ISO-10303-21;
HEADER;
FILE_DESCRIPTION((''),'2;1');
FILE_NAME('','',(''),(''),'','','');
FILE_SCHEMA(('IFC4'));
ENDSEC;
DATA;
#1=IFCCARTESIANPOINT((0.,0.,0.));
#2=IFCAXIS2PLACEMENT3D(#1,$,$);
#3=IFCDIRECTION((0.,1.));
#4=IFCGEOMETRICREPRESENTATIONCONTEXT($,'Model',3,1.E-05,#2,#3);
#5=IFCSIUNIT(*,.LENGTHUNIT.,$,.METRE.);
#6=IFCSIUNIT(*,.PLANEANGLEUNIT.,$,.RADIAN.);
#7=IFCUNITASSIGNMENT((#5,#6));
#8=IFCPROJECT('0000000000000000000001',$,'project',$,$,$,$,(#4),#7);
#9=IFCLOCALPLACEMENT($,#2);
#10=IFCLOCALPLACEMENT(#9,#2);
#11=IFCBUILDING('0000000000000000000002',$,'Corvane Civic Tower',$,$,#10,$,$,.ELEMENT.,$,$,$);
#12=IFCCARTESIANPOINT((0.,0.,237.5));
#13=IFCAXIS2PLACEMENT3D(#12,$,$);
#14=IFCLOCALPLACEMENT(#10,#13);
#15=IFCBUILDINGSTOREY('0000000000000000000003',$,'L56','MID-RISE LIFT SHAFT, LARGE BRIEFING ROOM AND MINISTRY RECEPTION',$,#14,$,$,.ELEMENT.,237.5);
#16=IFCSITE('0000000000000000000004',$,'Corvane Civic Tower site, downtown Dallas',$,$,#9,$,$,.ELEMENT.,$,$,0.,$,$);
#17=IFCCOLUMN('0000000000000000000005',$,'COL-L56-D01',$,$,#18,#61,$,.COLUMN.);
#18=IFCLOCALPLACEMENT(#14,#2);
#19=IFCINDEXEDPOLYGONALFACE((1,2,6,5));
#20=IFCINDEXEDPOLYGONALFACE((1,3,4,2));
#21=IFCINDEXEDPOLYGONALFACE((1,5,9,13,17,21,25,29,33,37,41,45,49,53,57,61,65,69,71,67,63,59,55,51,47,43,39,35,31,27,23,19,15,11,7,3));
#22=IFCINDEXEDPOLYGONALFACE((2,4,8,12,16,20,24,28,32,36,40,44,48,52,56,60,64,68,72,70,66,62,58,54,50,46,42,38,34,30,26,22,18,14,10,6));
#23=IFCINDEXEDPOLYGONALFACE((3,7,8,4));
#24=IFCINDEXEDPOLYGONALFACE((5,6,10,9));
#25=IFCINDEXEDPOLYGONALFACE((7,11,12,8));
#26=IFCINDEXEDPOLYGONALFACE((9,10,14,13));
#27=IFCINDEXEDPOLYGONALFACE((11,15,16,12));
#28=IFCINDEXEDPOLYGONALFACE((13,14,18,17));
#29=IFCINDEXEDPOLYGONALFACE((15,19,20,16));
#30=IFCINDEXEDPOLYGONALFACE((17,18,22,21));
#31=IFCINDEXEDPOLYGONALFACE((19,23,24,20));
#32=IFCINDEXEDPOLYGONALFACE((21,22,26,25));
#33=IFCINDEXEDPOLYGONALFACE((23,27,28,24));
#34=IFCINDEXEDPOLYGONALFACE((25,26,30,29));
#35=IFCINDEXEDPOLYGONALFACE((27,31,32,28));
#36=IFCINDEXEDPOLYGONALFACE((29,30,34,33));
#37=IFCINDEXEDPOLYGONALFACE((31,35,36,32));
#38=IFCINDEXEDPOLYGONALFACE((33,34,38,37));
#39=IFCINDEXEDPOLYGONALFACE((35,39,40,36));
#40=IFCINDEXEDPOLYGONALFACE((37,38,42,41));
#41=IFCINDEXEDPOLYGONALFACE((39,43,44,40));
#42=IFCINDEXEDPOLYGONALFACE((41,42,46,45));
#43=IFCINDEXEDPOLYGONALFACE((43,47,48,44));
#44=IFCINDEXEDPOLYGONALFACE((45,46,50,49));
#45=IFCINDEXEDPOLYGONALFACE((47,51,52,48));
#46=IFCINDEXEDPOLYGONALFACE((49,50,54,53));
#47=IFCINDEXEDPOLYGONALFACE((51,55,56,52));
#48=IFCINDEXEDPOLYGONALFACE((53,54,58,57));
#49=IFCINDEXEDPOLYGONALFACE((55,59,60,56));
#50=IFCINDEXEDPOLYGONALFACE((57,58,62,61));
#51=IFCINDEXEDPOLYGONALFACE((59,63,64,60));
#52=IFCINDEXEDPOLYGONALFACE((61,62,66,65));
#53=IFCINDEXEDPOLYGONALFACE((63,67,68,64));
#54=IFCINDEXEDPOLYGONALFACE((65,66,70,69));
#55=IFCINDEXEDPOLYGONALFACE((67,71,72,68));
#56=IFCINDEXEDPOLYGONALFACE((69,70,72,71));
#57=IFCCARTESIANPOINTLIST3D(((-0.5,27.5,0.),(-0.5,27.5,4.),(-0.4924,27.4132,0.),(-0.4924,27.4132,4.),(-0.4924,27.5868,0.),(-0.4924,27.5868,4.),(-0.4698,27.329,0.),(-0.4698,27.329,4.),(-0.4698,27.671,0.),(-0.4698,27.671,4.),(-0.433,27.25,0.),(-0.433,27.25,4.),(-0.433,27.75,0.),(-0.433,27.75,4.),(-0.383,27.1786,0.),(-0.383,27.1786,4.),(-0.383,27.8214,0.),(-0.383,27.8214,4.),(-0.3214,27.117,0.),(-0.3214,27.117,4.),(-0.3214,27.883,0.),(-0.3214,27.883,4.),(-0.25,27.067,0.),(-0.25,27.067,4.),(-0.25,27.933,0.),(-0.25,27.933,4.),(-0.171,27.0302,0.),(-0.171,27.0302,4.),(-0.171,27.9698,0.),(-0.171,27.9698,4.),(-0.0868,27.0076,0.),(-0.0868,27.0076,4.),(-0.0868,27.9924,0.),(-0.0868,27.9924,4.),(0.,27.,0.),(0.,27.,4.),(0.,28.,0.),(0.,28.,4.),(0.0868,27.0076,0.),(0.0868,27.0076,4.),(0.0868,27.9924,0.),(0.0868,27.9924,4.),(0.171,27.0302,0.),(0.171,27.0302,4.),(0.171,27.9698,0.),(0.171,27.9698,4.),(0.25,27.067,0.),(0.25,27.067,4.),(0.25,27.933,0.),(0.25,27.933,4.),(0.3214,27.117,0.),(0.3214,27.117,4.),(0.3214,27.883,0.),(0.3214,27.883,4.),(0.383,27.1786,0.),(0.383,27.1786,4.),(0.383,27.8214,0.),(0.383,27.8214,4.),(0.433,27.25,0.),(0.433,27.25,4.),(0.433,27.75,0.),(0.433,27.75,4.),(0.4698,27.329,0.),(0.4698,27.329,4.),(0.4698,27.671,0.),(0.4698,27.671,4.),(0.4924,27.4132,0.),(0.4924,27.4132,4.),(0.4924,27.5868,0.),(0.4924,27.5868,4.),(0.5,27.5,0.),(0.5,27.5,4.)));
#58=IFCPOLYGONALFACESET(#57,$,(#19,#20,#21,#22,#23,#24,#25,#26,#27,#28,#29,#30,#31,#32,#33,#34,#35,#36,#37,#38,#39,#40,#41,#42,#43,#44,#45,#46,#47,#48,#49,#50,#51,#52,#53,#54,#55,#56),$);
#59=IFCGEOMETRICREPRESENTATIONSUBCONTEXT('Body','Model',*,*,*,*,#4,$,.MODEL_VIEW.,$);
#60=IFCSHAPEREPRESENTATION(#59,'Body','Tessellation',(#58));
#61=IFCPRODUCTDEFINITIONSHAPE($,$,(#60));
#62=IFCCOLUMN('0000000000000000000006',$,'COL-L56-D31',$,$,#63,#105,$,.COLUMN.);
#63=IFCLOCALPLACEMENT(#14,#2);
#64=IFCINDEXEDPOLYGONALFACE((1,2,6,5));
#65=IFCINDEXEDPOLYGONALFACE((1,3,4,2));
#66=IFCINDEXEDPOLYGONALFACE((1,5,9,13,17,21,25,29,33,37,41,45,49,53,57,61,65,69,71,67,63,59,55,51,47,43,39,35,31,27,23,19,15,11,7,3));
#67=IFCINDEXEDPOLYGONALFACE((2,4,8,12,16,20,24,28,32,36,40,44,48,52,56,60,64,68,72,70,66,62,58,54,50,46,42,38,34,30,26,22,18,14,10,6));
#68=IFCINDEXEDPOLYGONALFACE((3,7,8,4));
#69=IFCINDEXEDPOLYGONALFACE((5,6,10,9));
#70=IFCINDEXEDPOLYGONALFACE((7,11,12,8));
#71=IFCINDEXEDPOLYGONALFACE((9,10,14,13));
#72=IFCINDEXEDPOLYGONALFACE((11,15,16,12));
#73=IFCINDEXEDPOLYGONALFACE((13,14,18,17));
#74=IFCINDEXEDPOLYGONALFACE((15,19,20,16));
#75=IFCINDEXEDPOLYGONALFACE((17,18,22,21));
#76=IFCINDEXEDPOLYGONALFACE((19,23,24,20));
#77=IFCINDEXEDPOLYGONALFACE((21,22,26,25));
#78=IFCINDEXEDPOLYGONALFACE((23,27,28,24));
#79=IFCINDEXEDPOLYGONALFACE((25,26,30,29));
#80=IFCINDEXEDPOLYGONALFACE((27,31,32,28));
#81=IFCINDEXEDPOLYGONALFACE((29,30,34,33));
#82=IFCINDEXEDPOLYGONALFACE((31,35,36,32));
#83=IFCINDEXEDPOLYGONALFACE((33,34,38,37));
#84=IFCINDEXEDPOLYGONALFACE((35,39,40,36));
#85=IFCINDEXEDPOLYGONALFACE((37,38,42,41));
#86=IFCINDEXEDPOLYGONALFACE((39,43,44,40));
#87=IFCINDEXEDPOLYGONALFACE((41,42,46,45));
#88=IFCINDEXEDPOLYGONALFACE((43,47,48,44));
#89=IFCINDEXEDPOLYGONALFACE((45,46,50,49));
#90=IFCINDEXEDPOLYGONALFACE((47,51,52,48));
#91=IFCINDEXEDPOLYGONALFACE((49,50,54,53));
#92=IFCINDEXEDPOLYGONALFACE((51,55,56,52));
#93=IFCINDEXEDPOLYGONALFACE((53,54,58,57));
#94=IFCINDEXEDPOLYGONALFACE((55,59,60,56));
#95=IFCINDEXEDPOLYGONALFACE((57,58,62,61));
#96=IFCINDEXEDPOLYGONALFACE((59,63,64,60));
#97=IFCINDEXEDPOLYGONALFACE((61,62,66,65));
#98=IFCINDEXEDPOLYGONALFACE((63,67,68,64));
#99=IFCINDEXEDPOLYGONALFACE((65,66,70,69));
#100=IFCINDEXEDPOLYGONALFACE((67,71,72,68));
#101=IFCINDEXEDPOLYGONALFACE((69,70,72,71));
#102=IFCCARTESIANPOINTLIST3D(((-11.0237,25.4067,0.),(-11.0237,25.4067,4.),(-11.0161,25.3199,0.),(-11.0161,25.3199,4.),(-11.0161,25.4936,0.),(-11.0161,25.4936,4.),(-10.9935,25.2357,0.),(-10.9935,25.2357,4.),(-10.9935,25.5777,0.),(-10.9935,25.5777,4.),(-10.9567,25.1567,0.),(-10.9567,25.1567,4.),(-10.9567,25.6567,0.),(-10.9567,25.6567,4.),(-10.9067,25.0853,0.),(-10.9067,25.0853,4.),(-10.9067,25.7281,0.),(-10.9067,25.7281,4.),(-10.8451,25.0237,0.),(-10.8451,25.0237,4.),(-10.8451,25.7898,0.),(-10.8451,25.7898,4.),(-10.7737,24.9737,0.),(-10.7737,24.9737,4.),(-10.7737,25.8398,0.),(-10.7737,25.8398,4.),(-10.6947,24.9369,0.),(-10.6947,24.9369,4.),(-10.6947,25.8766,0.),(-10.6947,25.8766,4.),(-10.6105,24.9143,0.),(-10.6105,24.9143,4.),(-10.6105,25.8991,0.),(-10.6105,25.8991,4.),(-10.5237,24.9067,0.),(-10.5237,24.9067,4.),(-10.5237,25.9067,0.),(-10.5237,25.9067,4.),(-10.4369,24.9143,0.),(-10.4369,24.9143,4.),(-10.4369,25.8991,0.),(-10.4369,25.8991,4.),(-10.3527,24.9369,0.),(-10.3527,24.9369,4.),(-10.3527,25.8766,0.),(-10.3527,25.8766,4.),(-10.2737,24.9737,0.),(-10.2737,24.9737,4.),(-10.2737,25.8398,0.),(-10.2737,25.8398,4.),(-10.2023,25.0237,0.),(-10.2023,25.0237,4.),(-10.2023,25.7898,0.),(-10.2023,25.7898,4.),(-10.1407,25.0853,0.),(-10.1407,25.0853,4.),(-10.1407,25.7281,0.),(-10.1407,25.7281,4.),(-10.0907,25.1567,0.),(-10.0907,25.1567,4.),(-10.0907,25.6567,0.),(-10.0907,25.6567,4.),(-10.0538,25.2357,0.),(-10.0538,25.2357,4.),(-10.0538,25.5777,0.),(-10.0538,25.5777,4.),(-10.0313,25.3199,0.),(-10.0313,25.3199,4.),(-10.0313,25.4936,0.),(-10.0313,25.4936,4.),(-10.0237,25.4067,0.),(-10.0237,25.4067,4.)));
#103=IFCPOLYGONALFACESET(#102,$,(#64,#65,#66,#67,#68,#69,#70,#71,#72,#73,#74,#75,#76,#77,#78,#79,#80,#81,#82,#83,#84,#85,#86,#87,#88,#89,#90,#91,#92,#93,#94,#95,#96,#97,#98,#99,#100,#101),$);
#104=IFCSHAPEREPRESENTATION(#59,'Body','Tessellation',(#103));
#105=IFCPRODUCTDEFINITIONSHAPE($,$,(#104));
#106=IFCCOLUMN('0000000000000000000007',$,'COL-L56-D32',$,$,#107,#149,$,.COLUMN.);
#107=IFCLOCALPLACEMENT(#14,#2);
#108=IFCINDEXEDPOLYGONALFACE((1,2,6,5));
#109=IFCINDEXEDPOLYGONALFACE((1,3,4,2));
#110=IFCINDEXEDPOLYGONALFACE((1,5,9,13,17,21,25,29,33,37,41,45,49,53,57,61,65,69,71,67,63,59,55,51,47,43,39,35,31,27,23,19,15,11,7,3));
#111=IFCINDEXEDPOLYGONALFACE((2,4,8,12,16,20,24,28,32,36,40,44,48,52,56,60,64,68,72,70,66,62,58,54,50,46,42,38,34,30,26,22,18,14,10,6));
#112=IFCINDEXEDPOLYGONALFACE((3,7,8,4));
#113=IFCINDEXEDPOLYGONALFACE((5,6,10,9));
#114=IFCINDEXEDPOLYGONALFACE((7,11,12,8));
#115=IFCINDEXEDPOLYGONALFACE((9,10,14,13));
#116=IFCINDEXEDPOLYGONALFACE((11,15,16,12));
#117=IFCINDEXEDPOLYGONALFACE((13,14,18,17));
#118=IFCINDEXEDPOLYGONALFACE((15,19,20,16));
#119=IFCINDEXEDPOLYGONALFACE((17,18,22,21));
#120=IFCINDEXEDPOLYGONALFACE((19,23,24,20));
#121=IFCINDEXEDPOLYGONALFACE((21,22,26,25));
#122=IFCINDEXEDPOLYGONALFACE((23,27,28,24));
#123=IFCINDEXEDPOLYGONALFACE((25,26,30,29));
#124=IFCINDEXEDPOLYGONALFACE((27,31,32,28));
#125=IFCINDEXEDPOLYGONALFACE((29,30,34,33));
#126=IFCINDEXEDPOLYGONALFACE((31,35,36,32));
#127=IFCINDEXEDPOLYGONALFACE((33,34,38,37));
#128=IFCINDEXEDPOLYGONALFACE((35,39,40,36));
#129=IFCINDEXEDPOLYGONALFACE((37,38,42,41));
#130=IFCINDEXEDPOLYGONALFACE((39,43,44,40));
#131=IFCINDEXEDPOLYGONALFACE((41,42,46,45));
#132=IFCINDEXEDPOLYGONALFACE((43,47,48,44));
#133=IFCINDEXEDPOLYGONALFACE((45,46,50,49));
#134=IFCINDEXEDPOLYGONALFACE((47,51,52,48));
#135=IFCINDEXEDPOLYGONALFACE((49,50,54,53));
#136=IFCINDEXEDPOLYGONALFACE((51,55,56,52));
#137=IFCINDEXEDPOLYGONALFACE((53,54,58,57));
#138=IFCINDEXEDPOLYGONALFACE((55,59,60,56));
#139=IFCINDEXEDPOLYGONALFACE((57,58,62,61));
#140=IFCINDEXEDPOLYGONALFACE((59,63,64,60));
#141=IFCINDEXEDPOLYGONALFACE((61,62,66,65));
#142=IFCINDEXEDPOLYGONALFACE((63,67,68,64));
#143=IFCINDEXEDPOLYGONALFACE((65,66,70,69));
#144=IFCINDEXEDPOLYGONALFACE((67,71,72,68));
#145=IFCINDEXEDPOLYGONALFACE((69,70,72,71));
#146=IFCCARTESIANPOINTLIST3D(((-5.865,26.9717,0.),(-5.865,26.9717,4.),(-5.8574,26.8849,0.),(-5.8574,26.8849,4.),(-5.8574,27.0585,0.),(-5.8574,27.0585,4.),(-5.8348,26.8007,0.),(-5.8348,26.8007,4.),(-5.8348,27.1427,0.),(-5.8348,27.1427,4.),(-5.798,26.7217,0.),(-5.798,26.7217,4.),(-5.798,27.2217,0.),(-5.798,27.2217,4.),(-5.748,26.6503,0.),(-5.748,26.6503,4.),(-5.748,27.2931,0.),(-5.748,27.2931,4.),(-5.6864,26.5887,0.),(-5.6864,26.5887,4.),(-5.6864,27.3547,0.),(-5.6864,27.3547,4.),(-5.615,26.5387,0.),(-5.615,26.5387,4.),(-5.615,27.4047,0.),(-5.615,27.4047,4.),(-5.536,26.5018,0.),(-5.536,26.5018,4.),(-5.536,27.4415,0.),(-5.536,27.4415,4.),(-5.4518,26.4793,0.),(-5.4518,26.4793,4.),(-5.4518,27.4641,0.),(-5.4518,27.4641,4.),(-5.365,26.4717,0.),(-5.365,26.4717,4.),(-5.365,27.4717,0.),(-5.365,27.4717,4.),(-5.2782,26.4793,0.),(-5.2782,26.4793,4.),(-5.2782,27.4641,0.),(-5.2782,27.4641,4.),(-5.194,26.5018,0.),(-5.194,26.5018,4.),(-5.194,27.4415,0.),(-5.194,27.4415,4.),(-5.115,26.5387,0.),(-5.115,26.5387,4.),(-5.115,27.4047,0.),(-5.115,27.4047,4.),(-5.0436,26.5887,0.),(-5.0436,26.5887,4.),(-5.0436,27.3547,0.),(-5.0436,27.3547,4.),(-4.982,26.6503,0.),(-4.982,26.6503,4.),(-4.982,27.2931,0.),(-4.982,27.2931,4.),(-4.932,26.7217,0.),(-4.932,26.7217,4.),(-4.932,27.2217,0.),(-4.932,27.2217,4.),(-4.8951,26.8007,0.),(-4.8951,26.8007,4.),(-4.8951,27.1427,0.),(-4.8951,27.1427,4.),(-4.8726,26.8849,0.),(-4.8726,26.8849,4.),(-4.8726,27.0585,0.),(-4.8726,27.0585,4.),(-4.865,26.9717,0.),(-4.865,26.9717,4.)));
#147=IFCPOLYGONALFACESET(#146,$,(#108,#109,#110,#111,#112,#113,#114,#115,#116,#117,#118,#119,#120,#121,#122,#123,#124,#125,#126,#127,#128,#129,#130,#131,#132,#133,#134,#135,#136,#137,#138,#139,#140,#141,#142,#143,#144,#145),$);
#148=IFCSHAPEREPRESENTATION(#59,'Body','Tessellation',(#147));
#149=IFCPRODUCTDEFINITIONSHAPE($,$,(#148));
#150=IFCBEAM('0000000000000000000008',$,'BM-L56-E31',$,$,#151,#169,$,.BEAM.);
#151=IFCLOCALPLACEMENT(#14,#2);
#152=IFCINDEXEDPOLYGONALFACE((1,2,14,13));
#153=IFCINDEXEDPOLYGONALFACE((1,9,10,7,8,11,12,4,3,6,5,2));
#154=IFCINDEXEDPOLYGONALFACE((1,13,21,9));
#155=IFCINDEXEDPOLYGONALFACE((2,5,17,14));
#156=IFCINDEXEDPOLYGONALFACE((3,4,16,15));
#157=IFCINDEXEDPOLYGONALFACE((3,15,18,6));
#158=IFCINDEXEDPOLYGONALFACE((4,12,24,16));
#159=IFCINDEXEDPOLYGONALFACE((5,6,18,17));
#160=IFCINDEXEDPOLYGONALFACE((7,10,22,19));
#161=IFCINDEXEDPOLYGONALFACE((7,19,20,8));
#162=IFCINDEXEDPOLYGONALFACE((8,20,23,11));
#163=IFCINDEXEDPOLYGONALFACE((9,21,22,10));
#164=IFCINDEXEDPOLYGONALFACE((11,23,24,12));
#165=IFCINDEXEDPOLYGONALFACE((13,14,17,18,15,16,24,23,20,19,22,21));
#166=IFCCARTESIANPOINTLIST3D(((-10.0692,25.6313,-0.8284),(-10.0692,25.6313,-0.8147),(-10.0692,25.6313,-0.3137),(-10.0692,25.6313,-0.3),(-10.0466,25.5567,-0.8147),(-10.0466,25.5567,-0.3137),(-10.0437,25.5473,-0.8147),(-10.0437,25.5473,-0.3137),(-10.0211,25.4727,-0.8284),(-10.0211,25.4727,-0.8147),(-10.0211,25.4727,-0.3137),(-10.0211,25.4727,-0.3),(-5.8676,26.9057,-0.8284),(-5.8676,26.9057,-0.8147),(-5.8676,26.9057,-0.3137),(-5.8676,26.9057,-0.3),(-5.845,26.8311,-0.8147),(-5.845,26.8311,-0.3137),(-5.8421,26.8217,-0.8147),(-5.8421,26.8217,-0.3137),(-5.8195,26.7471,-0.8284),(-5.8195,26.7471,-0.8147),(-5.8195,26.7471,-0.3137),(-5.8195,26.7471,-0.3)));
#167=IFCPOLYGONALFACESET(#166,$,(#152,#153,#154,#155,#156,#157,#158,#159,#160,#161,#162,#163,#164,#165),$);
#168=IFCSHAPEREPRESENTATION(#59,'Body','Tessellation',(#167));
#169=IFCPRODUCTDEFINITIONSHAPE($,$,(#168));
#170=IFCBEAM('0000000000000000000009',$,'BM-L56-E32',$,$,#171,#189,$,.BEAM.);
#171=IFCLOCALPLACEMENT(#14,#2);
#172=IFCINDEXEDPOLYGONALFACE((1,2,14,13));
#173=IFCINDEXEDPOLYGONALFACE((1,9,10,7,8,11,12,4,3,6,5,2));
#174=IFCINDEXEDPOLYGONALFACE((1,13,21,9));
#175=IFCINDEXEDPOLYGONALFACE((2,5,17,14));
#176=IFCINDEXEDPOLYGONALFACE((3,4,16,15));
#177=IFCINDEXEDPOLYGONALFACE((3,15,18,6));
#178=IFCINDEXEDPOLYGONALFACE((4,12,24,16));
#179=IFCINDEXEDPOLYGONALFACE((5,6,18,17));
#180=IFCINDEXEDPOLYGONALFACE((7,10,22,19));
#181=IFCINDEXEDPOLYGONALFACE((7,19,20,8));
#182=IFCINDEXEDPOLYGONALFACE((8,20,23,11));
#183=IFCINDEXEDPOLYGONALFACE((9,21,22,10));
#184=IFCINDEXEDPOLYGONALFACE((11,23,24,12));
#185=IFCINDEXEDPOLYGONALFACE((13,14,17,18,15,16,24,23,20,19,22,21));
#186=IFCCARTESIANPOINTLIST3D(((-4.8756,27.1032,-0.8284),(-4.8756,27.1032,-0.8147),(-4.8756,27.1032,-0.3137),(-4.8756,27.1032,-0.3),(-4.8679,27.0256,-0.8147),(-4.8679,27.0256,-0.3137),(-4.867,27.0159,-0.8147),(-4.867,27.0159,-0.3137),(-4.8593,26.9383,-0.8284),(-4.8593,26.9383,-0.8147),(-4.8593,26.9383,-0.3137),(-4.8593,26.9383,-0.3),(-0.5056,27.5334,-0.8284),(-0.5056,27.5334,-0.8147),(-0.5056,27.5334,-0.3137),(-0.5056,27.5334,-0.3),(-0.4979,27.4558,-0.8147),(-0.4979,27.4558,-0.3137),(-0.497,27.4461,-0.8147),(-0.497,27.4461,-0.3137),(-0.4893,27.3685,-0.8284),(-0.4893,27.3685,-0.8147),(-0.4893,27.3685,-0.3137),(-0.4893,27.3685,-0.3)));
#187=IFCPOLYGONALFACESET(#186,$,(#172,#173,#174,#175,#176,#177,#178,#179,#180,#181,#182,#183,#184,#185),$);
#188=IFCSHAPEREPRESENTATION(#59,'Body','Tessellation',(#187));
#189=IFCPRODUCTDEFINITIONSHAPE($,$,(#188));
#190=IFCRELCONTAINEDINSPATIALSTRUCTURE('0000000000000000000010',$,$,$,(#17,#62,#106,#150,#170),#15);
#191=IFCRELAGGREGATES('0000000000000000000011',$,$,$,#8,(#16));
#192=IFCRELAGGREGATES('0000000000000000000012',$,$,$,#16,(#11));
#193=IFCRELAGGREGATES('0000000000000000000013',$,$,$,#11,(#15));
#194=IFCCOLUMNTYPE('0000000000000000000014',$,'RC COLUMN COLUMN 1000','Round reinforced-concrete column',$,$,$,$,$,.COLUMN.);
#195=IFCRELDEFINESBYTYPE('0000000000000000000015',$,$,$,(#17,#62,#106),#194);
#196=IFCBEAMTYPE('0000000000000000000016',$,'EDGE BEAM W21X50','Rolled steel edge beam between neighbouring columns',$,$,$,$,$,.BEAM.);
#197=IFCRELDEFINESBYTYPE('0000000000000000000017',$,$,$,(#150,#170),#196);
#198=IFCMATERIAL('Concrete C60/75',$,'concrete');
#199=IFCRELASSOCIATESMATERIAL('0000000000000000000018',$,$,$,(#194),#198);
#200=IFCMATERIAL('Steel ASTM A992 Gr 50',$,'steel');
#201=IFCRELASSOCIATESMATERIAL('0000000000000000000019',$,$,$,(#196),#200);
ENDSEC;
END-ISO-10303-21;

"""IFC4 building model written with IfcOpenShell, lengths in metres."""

from ifc_helpers import new_model, si_unit, direction, frame, origin, origin_2d, place, context, subcontext, project, spatial, circle, i_section, extrude, material, material_profile, profile_set, type_object, element, save


model = new_model("IFC4")

# Units and contexts
model_context = context("Model", 3, precision=1e-05, world=origin(), true_north=direction((0.0, 1.0)))
body_context = subcontext(model_context, "Body", "Model", "MODEL_VIEW")
ifc_project = project(units=[si_unit("LENGTHUNIT", "METRE"), si_unit("PLANEANGLEUNIT", "RADIAN")], contexts=[model_context])

# Site, building, storey
site_placement = place(None, origin())
site = spatial("IfcSite", under=ifc_project, at=site_placement, Name="Corvane Civic Tower site, downtown Dallas", CompositionType="ELEMENT", RefElevation=0.0)
building_placement = place(site_placement, origin())
building = spatial("IfcBuilding", under=site, at=building_placement, Name="Corvane Civic Tower", CompositionType="ELEMENT")
storey_placement = place(building_placement, frame((0.0, 0.0, 237.5)))
storey = spatial("IfcBuildingStorey", under=building, at=storey_placement, Name="L56", Description="MID-RISE LIFT SHAFT, LARGE BRIEFING ROOM AND MINISTRY RECEPTION", CompositionType="ELEMENT", Elevation=237.5)

# Columns
ifc_material_1 = material(Name="Concrete C60/75", Category="concrete")
ifc_material_profile_1 = material_profile(ifc_material_1, circle(Radius=0.5, at=origin_2d()), Name="COLUMN 1000")
ifc_profile_set_1 = profile_set([ifc_material_profile_1], Name="Concrete C60/75")
column_type = type_object("IfcColumnType", Name="RC COLUMN COLUMN 1000", Description="Round reinforced-concrete column", PredefinedType="COLUMN", material=ifc_profile_set_1)
for number, where, z_axis, x_axis, name in (
    (1, (0.0, 27.5, 0.0), (0.0, 0.0, 1.0), (1.0, 0.0, 0.0), "COL-L56-D01"),
    (2, (-10.5237, 25.4067, 0.0), (0.0, 0.0, 1.0), (1.0, 0.0, 0.0), "COL-L56-D31"),
    (3, (-5.365, 26.9717, 0.0), (0.0, 0.0, 1.0), (1.0, 0.0, 0.0), "COL-L56-D32"),
):
    element("IfcColumn", number, at=place(storey_placement, frame(where, z_axis=z_axis, x_axis=x_axis)), inside=storey, type_object=column_type, Name=name, PredefinedType="COLUMN", context=body_context, shape_type="SweptSolid", body=[
        extrude(circle(Radius=0.5, at=origin_2d()), origin(), (0.0, 0.0, 1.0), 4.0),
    ])

# Beams
ifc_material_2 = material(Name="Steel ASTM A992 Gr 50", Category="steel")
ifc_material_profile_2 = material_profile(ifc_material_2, i_section(OverallWidth=0.1658, OverallDepth=0.5283, WebThickness=0.0098, FlangeThickness=0.0137, at=origin_2d()), Name="W21X50")
ifc_profile_set_2 = profile_set([ifc_material_profile_2], Name="Steel ASTM A992 Gr 50")
beam_type_1 = type_object("IfcBeamType", Name="EDGE BEAM W21X50", Description="Rolled steel edge beam between neighbouring columns", PredefinedType="BEAM", material=ifc_profile_set_2)
beam_1_placement = place(storey_placement, frame((-10.0452, 25.552, -0.5642), z_axis=(0.95695, 0.290254, 0.0), x_axis=(-0.290254, 0.95695, 0.0)))
element("IfcBeam", 4, at=beam_1_placement, inside=storey, type_object=beam_type_1, Name="BM-L56-E31", PredefinedType="BEAM", context=body_context, shape_type="SweptSolid", body=[
    extrude(i_section(OverallWidth=0.1658, OverallDepth=0.5283, WebThickness=0.0098, FlangeThickness=0.0137, at=origin_2d()), origin(), (0.0, 0.0, 1.0), 4.3906),
])
beam_2_placement = place(storey_placement, frame((-4.8674, 27.0208, -0.5642), z_axis=(0.99519, 0.097968, 0.0), x_axis=(-0.097968, 0.99519, 0.0)))
element("IfcBeam", 5, at=beam_2_placement, inside=storey, type_object=beam_type_1, Name="BM-L56-E32", PredefinedType="BEAM", context=body_context, shape_type="SweptSolid", body=[
    extrude(i_section(OverallWidth=0.1658, OverallDepth=0.5283, WebThickness=0.0098, FlangeThickness=0.0137, at=origin_2d()), origin(), (0.0, 0.0, 1.0), 4.3911),
])

save(model, "model.ifc")
